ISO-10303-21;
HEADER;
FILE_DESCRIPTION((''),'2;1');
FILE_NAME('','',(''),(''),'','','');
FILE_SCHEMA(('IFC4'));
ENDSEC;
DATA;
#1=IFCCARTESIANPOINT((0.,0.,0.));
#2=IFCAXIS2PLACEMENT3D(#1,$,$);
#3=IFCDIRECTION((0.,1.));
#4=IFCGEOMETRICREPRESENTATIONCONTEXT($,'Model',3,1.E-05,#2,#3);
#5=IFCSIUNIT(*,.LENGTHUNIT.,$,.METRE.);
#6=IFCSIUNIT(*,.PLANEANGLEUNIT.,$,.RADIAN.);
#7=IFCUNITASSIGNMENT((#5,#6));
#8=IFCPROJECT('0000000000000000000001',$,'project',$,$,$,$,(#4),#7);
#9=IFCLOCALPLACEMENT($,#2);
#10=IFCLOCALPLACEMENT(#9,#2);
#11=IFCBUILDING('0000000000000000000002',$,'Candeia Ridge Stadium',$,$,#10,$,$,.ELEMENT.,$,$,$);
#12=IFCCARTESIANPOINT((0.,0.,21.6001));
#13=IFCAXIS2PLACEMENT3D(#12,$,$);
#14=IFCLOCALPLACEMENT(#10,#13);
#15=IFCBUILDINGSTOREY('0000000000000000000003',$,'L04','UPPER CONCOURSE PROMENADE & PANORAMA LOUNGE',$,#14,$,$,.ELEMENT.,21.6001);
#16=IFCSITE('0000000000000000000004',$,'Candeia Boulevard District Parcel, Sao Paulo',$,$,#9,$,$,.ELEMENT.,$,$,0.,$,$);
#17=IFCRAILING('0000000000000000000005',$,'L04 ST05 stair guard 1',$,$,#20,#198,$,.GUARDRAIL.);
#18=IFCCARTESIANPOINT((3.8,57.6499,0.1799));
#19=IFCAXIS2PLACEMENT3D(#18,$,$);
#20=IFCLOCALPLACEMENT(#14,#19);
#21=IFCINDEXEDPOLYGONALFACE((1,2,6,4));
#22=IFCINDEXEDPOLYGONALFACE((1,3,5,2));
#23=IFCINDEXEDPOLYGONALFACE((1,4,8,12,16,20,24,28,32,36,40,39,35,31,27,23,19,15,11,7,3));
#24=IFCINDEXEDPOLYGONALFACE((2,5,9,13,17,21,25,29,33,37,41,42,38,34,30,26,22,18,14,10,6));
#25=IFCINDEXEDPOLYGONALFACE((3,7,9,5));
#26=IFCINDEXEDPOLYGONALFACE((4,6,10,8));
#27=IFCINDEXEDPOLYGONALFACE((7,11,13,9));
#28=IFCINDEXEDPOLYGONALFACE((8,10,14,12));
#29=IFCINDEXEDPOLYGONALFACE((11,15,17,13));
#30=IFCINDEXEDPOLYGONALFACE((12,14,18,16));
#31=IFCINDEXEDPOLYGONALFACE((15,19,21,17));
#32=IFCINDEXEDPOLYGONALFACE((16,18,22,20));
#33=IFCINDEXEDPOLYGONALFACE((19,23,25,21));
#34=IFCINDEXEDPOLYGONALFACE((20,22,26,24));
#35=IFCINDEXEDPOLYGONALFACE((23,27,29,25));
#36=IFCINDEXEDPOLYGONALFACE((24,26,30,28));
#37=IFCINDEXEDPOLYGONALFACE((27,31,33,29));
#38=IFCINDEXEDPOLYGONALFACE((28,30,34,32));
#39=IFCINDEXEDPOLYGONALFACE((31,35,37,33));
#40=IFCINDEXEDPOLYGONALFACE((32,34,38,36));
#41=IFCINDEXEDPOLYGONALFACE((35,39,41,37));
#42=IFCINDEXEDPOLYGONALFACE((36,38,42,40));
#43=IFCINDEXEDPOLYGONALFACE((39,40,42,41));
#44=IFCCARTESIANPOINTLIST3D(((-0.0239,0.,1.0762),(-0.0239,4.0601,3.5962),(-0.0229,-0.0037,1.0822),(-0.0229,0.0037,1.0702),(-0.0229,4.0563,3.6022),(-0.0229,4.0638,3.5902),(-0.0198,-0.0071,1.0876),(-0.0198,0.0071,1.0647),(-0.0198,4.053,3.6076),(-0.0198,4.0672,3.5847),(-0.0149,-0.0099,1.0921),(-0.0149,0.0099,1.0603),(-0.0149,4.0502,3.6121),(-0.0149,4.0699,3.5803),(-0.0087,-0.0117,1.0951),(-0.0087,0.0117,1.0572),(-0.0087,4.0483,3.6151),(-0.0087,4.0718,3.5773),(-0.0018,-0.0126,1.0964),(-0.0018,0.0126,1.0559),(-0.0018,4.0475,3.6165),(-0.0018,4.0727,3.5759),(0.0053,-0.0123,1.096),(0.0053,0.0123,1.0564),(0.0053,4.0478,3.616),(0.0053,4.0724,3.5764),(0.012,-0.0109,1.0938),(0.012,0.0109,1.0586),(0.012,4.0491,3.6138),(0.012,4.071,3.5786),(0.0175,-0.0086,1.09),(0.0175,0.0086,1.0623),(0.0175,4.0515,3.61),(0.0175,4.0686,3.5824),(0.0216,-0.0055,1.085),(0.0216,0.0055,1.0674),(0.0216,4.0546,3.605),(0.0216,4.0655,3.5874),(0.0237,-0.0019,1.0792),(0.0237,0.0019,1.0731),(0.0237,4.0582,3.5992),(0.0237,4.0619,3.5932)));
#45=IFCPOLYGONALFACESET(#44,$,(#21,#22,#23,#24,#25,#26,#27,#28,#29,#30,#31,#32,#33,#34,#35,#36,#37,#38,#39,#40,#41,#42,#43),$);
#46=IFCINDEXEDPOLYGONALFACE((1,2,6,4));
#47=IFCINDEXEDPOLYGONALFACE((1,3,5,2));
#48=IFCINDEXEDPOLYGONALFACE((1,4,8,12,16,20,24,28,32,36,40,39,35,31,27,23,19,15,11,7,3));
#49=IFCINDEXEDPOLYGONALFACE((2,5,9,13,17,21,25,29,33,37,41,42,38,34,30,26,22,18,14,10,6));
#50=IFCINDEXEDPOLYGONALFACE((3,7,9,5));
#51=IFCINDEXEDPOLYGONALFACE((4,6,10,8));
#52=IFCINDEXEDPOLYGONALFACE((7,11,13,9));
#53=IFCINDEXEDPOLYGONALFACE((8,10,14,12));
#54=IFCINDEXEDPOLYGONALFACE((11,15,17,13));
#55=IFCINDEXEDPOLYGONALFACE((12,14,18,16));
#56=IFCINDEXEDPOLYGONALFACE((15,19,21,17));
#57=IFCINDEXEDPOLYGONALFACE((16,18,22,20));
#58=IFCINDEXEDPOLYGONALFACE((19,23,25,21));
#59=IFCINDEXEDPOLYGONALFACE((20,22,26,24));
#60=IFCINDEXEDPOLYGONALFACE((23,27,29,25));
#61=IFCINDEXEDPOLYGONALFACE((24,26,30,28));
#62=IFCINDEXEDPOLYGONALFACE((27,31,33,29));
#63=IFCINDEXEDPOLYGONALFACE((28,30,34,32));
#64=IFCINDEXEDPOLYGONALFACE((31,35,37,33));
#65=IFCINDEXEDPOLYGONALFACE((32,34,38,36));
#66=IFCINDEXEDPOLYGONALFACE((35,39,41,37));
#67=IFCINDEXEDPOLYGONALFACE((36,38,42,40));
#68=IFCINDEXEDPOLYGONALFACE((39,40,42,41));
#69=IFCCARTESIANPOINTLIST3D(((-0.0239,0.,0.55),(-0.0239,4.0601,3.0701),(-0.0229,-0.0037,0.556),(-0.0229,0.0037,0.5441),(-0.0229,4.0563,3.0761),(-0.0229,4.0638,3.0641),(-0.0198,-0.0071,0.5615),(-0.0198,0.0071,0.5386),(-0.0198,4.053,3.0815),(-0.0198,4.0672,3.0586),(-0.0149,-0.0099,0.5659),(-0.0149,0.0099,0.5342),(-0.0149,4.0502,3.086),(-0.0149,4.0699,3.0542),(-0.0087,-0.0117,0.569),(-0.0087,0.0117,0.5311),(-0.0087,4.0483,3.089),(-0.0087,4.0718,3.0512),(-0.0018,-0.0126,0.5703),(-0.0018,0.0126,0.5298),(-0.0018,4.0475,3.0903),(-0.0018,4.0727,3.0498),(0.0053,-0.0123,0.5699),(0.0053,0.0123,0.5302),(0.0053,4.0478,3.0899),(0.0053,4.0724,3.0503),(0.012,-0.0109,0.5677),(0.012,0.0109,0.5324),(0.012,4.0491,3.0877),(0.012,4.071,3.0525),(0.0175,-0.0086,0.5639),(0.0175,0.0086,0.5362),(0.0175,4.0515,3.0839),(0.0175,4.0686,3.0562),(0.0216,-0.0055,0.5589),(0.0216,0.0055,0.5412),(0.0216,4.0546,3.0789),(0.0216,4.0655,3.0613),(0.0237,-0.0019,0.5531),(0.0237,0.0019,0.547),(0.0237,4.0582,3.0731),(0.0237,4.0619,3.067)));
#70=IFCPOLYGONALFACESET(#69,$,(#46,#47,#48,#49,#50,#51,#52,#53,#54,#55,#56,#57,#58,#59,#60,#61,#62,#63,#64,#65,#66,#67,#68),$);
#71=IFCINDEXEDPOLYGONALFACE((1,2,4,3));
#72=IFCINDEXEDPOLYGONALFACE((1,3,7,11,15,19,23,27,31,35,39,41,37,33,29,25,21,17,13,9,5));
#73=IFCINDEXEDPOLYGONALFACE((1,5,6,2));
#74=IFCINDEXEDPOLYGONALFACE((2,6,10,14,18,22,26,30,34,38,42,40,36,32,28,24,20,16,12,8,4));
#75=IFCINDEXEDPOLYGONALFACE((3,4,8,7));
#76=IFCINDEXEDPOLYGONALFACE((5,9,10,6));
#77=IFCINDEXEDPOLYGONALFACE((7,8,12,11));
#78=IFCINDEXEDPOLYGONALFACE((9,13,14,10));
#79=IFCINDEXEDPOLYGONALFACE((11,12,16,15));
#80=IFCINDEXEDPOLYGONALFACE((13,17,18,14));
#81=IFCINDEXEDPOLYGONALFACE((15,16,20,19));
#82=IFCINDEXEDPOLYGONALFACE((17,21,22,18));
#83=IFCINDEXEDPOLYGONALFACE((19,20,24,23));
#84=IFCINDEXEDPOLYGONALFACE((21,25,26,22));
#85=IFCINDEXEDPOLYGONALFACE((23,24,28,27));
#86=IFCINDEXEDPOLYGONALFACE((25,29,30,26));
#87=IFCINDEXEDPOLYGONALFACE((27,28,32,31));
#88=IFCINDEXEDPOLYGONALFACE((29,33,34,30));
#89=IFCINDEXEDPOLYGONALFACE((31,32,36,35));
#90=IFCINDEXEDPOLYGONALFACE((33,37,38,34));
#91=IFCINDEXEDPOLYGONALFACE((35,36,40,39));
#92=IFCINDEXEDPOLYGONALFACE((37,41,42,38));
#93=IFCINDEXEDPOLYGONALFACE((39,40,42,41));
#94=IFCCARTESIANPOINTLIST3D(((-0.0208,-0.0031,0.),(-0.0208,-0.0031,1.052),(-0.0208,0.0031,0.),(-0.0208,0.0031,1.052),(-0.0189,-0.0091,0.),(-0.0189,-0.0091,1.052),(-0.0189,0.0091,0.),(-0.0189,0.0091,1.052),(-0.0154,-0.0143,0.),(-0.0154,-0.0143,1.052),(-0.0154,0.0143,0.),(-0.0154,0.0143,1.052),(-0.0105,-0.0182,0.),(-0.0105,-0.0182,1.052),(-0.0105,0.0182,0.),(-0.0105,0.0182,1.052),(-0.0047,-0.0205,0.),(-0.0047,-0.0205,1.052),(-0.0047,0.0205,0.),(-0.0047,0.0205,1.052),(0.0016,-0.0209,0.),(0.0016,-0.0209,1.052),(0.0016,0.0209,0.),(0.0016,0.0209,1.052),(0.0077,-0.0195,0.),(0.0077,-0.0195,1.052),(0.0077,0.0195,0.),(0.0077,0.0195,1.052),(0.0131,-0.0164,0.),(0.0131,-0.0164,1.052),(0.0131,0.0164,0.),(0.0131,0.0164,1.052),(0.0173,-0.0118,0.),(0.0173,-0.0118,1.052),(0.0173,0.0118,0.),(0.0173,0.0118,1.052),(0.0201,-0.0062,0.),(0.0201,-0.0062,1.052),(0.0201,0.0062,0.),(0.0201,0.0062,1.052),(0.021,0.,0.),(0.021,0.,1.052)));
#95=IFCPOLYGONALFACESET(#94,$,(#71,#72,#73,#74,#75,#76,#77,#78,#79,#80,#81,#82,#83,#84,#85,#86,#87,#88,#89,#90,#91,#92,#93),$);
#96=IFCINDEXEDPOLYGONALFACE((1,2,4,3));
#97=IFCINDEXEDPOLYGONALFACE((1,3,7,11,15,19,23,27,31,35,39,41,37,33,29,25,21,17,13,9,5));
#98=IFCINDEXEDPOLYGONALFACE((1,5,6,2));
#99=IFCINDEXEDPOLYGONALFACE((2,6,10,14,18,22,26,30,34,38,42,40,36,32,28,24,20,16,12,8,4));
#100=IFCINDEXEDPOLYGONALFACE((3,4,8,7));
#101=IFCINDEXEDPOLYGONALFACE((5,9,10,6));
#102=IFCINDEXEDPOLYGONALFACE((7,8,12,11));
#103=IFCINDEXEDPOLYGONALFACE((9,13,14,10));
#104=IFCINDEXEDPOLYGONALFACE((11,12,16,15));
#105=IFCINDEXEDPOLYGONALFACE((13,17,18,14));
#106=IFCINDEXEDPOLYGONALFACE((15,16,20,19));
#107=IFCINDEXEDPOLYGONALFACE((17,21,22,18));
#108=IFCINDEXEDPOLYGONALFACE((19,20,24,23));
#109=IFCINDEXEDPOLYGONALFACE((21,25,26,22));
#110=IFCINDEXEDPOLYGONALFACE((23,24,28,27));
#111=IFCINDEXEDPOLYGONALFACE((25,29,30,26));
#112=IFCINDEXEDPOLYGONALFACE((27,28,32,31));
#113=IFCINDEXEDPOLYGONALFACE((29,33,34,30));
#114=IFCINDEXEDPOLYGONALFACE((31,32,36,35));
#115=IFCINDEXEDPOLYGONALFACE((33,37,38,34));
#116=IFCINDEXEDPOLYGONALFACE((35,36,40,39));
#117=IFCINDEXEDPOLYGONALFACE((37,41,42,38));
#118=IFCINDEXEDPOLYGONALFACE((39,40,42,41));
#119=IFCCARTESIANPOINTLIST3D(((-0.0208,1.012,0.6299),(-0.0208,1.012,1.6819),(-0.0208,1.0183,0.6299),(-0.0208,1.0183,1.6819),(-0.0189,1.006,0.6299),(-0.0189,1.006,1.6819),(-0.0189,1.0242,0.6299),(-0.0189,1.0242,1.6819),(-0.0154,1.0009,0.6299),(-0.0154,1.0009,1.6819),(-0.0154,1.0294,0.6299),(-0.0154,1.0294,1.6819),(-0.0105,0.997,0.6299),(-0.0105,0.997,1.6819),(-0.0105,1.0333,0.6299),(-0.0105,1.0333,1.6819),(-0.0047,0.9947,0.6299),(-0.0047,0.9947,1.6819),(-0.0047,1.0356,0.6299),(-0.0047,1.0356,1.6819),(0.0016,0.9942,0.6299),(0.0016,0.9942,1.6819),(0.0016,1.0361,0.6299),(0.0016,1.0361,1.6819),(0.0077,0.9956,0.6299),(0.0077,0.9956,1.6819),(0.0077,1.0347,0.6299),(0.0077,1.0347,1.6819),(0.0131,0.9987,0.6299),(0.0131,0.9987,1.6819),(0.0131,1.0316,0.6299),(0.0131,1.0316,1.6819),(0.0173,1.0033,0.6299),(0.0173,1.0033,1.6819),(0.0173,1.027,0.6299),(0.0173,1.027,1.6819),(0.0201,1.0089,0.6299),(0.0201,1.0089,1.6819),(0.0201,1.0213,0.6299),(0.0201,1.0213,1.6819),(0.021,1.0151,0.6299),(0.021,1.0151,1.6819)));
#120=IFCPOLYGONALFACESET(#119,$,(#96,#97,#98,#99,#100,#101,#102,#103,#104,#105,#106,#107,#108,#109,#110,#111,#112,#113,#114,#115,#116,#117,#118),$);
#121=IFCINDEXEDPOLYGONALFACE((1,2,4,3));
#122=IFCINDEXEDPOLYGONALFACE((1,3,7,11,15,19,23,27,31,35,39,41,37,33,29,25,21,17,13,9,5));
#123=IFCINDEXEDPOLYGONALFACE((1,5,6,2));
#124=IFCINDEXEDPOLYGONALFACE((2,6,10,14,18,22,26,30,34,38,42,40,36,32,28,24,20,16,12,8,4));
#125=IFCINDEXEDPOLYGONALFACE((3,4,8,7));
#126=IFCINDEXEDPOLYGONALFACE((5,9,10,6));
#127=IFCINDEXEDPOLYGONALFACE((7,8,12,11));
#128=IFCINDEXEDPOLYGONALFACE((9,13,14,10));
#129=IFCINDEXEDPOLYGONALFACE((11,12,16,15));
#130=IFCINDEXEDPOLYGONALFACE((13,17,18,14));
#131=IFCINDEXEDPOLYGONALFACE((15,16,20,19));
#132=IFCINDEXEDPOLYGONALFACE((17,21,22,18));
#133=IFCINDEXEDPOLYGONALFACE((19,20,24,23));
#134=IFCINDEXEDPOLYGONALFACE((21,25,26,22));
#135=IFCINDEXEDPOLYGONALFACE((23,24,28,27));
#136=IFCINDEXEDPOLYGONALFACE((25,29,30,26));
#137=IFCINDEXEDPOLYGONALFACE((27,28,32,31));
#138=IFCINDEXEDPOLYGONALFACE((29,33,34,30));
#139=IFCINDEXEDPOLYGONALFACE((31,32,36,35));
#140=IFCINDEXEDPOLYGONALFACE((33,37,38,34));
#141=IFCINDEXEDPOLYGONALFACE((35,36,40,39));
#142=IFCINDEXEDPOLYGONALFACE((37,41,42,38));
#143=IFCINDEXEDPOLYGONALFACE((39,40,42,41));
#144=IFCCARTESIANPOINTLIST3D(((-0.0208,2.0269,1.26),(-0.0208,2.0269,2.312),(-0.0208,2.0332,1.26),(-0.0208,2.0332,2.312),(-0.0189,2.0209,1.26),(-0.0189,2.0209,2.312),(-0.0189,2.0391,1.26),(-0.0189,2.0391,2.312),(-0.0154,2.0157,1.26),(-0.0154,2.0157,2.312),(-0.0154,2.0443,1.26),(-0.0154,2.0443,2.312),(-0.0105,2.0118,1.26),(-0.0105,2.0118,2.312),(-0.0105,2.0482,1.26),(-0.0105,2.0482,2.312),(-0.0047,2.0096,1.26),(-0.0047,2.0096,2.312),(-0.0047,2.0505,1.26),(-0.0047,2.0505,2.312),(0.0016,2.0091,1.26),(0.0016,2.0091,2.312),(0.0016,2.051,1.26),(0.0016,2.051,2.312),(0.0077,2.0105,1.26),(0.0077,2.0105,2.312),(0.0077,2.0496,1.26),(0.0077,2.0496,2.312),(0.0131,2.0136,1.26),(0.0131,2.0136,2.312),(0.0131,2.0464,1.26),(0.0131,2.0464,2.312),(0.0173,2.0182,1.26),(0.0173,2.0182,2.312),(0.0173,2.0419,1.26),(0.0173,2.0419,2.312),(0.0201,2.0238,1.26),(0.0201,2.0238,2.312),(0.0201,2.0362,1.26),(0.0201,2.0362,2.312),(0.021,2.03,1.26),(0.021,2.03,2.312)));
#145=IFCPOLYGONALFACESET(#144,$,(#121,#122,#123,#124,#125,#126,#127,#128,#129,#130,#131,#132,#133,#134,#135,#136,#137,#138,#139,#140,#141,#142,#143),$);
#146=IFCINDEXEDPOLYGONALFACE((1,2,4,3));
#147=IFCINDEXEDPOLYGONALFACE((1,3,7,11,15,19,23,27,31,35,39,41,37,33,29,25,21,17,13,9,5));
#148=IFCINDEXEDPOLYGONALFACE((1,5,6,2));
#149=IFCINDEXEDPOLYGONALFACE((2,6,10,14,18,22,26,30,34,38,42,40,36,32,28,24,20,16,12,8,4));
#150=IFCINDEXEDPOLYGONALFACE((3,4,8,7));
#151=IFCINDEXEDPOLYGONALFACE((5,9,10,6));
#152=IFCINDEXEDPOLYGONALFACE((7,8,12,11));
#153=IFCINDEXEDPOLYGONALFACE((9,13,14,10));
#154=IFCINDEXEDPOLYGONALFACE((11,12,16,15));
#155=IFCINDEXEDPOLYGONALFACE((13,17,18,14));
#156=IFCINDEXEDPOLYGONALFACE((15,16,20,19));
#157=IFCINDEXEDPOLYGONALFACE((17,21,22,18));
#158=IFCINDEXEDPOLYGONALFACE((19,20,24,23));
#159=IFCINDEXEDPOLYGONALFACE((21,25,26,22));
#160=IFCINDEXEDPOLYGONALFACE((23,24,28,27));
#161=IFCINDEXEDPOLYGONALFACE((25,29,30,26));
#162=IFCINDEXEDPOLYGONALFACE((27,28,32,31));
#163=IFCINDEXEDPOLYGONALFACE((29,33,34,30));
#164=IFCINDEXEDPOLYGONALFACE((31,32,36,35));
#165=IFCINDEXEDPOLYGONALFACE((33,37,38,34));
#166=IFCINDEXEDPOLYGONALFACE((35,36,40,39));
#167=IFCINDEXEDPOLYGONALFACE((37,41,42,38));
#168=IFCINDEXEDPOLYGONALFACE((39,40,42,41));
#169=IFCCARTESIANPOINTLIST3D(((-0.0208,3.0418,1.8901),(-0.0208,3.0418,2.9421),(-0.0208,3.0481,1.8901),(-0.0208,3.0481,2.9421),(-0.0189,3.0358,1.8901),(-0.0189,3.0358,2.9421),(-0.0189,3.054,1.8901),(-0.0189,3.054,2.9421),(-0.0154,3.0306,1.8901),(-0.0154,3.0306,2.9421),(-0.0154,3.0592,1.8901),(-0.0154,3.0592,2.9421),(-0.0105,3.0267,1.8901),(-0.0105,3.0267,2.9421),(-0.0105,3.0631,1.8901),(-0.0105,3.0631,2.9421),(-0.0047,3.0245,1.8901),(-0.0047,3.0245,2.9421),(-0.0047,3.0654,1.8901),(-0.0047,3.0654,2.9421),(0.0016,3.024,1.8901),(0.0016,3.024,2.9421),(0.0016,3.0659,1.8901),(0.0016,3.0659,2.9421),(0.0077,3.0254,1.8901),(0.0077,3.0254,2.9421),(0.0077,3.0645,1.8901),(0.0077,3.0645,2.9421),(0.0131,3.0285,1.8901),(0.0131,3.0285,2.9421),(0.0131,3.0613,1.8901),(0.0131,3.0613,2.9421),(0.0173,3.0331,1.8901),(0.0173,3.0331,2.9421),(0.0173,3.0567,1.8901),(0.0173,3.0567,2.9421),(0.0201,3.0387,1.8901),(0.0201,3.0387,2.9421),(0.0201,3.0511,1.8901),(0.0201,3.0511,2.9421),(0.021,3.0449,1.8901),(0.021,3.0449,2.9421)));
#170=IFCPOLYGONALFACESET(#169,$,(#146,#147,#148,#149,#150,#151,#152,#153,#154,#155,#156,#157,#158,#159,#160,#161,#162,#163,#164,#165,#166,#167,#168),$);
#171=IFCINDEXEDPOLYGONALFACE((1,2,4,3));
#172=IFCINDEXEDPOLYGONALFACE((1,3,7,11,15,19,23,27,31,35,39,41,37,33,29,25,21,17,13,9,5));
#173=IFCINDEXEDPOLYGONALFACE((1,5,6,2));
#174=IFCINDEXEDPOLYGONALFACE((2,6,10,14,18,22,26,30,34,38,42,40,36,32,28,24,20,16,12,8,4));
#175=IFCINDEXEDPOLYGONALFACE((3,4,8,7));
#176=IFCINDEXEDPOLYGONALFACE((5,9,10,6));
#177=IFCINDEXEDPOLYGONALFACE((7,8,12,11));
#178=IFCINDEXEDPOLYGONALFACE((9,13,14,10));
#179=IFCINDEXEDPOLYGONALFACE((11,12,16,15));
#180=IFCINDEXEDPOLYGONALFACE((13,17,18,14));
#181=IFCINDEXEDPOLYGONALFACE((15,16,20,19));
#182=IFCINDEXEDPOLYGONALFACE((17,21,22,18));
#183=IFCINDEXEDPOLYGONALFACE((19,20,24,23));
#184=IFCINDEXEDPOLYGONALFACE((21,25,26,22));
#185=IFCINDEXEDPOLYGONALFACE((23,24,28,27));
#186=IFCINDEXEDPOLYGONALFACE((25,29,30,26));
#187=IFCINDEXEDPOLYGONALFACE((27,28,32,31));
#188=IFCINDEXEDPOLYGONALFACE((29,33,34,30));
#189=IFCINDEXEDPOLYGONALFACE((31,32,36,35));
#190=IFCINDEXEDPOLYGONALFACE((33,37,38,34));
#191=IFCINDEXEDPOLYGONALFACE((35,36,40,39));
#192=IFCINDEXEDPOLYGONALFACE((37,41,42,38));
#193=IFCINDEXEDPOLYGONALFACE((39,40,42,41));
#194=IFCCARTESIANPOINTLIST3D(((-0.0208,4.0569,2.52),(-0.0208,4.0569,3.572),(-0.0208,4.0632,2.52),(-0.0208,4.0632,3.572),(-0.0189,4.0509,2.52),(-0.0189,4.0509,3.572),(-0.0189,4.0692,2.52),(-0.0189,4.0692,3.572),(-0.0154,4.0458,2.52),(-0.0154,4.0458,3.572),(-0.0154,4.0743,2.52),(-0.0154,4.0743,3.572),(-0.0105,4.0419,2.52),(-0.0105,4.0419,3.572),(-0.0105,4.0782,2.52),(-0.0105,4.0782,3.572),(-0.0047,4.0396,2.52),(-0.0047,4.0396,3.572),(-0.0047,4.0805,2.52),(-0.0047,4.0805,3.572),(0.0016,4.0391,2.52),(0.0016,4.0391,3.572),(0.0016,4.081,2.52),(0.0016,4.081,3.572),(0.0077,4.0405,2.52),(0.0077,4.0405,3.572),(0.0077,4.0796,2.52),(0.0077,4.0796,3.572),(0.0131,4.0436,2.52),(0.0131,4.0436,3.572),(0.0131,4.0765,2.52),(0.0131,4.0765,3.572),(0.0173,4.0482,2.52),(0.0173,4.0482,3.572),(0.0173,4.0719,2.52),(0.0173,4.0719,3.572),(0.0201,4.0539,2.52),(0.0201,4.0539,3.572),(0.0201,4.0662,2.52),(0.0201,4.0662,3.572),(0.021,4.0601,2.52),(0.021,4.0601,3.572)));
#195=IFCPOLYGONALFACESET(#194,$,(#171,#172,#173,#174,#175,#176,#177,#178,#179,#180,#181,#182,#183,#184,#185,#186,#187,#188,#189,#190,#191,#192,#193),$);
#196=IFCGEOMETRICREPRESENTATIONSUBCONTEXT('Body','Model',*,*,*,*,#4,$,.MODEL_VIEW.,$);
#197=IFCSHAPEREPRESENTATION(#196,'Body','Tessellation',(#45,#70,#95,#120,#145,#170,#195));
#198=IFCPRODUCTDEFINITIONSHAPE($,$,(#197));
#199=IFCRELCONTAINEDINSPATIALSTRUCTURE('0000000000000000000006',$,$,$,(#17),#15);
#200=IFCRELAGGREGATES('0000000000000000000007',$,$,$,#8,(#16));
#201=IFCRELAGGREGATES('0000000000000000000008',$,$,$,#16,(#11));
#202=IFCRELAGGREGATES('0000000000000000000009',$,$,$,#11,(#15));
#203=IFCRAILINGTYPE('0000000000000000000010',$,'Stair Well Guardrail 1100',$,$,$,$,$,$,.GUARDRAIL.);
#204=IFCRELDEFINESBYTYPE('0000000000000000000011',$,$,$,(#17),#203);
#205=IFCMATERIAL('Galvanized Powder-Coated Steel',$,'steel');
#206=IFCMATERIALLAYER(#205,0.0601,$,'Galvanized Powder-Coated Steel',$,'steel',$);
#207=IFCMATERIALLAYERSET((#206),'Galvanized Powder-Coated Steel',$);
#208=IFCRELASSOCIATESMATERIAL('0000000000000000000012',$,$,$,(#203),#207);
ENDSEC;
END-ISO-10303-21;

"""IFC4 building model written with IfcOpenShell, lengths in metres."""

from ifc_helpers import new_model, si_unit, direction, frame, origin, origin_2d, place, context, subcontext, project, spatial, circle, extrude, material, layer, layer_set, type_object, element, save


model = new_model("IFC4")

# Units and contexts
model_context = context("Model", 3, precision=1e-05, world=origin(), true_north=direction((0.0, 1.0)))
body_context = subcontext(model_context, "Body", "Model", "MODEL_VIEW")
ifc_project = project(units=[si_unit("LENGTHUNIT", "METRE"), si_unit("PLANEANGLEUNIT", "RADIAN")], contexts=[model_context])

# Site, building, storey
site_placement = place(None, origin())
site = spatial("IfcSite", under=ifc_project, at=site_placement, Name="Candeia Boulevard District Parcel, Sao Paulo", CompositionType="ELEMENT", RefElevation=0.0)
building_placement = place(site_placement, origin())
building = spatial("IfcBuilding", under=site, at=building_placement, Name="Candeia Ridge Stadium", CompositionType="ELEMENT")
storey_placement = place(building_placement, frame((0.0, 0.0, 21.6001)))
storey = spatial("IfcBuildingStorey", under=building, at=storey_placement, Name="L04", Description="UPPER CONCOURSE PROMENADE & PANORAMA LOUNGE", CompositionType="ELEMENT", Elevation=21.6001)

# Railing
ifc_material_1 = material(Name="Galvanized Powder-Coated Steel", Category="steel")
ifc_layer_1 = layer(ifc_material_1, 0.0601, Name="Galvanized Powder-Coated Steel", Category="steel")
ifc_layer_set_1 = layer_set([ifc_layer_1], Name="Galvanized Powder-Coated Steel")
railing_type_1 = type_object("IfcRailingType", Name="Stair Well Guardrail 1100", PredefinedType="GUARDRAIL", material=ifc_layer_set_1)
railing_1_placement = place(storey_placement, frame((3.8, 57.6499, 0.1799)))
element("IfcRailing", 1, at=railing_1_placement, inside=storey, type_object=railing_type_1, Name="L04 ST05 stair guard 1", PredefinedType="GUARDRAIL", context=body_context, shape_type="SweptSolid", body=[
    extrude(circle(Radius=0.0239, at=origin_2d()), frame((0.0, 0.0, 1.0762), z_axis=(0.0, 0.849642, 0.52736), x_axis=(-1.0, 0.0, 0.0)), (0.0, 0.0, 1.0), 4.7786),
    extrude(circle(Radius=0.0239, at=origin_2d()), frame((0.0, 0.0, 0.55), z_axis=(0.0, 0.849642, 0.52736), x_axis=(-1.0, 0.0, 0.0)), (0.0, 0.0, 1.0), 4.7786),
    extrude(circle(Radius=0.021, at=origin_2d()), origin(), (0.0, 0.0, 1.0), 1.052),
    extrude(circle(Radius=0.021, at=origin_2d()), frame((0.0, 1.0151, 0.6299)), (0.0, 0.0, 1.0), 1.052),
    extrude(circle(Radius=0.021, at=origin_2d()), frame((0.0, 2.03, 1.26)), (0.0, 0.0, 1.0), 1.052),
    extrude(circle(Radius=0.021, at=origin_2d()), frame((0.0, 3.0449, 1.8901)), (0.0, 0.0, 1.0), 1.052),
    extrude(circle(Radius=0.021, at=origin_2d()), frame((0.0, 4.0601, 2.52)), (0.0, 0.0, 1.0), 1.052),
])

save(model, "model.ifc")
